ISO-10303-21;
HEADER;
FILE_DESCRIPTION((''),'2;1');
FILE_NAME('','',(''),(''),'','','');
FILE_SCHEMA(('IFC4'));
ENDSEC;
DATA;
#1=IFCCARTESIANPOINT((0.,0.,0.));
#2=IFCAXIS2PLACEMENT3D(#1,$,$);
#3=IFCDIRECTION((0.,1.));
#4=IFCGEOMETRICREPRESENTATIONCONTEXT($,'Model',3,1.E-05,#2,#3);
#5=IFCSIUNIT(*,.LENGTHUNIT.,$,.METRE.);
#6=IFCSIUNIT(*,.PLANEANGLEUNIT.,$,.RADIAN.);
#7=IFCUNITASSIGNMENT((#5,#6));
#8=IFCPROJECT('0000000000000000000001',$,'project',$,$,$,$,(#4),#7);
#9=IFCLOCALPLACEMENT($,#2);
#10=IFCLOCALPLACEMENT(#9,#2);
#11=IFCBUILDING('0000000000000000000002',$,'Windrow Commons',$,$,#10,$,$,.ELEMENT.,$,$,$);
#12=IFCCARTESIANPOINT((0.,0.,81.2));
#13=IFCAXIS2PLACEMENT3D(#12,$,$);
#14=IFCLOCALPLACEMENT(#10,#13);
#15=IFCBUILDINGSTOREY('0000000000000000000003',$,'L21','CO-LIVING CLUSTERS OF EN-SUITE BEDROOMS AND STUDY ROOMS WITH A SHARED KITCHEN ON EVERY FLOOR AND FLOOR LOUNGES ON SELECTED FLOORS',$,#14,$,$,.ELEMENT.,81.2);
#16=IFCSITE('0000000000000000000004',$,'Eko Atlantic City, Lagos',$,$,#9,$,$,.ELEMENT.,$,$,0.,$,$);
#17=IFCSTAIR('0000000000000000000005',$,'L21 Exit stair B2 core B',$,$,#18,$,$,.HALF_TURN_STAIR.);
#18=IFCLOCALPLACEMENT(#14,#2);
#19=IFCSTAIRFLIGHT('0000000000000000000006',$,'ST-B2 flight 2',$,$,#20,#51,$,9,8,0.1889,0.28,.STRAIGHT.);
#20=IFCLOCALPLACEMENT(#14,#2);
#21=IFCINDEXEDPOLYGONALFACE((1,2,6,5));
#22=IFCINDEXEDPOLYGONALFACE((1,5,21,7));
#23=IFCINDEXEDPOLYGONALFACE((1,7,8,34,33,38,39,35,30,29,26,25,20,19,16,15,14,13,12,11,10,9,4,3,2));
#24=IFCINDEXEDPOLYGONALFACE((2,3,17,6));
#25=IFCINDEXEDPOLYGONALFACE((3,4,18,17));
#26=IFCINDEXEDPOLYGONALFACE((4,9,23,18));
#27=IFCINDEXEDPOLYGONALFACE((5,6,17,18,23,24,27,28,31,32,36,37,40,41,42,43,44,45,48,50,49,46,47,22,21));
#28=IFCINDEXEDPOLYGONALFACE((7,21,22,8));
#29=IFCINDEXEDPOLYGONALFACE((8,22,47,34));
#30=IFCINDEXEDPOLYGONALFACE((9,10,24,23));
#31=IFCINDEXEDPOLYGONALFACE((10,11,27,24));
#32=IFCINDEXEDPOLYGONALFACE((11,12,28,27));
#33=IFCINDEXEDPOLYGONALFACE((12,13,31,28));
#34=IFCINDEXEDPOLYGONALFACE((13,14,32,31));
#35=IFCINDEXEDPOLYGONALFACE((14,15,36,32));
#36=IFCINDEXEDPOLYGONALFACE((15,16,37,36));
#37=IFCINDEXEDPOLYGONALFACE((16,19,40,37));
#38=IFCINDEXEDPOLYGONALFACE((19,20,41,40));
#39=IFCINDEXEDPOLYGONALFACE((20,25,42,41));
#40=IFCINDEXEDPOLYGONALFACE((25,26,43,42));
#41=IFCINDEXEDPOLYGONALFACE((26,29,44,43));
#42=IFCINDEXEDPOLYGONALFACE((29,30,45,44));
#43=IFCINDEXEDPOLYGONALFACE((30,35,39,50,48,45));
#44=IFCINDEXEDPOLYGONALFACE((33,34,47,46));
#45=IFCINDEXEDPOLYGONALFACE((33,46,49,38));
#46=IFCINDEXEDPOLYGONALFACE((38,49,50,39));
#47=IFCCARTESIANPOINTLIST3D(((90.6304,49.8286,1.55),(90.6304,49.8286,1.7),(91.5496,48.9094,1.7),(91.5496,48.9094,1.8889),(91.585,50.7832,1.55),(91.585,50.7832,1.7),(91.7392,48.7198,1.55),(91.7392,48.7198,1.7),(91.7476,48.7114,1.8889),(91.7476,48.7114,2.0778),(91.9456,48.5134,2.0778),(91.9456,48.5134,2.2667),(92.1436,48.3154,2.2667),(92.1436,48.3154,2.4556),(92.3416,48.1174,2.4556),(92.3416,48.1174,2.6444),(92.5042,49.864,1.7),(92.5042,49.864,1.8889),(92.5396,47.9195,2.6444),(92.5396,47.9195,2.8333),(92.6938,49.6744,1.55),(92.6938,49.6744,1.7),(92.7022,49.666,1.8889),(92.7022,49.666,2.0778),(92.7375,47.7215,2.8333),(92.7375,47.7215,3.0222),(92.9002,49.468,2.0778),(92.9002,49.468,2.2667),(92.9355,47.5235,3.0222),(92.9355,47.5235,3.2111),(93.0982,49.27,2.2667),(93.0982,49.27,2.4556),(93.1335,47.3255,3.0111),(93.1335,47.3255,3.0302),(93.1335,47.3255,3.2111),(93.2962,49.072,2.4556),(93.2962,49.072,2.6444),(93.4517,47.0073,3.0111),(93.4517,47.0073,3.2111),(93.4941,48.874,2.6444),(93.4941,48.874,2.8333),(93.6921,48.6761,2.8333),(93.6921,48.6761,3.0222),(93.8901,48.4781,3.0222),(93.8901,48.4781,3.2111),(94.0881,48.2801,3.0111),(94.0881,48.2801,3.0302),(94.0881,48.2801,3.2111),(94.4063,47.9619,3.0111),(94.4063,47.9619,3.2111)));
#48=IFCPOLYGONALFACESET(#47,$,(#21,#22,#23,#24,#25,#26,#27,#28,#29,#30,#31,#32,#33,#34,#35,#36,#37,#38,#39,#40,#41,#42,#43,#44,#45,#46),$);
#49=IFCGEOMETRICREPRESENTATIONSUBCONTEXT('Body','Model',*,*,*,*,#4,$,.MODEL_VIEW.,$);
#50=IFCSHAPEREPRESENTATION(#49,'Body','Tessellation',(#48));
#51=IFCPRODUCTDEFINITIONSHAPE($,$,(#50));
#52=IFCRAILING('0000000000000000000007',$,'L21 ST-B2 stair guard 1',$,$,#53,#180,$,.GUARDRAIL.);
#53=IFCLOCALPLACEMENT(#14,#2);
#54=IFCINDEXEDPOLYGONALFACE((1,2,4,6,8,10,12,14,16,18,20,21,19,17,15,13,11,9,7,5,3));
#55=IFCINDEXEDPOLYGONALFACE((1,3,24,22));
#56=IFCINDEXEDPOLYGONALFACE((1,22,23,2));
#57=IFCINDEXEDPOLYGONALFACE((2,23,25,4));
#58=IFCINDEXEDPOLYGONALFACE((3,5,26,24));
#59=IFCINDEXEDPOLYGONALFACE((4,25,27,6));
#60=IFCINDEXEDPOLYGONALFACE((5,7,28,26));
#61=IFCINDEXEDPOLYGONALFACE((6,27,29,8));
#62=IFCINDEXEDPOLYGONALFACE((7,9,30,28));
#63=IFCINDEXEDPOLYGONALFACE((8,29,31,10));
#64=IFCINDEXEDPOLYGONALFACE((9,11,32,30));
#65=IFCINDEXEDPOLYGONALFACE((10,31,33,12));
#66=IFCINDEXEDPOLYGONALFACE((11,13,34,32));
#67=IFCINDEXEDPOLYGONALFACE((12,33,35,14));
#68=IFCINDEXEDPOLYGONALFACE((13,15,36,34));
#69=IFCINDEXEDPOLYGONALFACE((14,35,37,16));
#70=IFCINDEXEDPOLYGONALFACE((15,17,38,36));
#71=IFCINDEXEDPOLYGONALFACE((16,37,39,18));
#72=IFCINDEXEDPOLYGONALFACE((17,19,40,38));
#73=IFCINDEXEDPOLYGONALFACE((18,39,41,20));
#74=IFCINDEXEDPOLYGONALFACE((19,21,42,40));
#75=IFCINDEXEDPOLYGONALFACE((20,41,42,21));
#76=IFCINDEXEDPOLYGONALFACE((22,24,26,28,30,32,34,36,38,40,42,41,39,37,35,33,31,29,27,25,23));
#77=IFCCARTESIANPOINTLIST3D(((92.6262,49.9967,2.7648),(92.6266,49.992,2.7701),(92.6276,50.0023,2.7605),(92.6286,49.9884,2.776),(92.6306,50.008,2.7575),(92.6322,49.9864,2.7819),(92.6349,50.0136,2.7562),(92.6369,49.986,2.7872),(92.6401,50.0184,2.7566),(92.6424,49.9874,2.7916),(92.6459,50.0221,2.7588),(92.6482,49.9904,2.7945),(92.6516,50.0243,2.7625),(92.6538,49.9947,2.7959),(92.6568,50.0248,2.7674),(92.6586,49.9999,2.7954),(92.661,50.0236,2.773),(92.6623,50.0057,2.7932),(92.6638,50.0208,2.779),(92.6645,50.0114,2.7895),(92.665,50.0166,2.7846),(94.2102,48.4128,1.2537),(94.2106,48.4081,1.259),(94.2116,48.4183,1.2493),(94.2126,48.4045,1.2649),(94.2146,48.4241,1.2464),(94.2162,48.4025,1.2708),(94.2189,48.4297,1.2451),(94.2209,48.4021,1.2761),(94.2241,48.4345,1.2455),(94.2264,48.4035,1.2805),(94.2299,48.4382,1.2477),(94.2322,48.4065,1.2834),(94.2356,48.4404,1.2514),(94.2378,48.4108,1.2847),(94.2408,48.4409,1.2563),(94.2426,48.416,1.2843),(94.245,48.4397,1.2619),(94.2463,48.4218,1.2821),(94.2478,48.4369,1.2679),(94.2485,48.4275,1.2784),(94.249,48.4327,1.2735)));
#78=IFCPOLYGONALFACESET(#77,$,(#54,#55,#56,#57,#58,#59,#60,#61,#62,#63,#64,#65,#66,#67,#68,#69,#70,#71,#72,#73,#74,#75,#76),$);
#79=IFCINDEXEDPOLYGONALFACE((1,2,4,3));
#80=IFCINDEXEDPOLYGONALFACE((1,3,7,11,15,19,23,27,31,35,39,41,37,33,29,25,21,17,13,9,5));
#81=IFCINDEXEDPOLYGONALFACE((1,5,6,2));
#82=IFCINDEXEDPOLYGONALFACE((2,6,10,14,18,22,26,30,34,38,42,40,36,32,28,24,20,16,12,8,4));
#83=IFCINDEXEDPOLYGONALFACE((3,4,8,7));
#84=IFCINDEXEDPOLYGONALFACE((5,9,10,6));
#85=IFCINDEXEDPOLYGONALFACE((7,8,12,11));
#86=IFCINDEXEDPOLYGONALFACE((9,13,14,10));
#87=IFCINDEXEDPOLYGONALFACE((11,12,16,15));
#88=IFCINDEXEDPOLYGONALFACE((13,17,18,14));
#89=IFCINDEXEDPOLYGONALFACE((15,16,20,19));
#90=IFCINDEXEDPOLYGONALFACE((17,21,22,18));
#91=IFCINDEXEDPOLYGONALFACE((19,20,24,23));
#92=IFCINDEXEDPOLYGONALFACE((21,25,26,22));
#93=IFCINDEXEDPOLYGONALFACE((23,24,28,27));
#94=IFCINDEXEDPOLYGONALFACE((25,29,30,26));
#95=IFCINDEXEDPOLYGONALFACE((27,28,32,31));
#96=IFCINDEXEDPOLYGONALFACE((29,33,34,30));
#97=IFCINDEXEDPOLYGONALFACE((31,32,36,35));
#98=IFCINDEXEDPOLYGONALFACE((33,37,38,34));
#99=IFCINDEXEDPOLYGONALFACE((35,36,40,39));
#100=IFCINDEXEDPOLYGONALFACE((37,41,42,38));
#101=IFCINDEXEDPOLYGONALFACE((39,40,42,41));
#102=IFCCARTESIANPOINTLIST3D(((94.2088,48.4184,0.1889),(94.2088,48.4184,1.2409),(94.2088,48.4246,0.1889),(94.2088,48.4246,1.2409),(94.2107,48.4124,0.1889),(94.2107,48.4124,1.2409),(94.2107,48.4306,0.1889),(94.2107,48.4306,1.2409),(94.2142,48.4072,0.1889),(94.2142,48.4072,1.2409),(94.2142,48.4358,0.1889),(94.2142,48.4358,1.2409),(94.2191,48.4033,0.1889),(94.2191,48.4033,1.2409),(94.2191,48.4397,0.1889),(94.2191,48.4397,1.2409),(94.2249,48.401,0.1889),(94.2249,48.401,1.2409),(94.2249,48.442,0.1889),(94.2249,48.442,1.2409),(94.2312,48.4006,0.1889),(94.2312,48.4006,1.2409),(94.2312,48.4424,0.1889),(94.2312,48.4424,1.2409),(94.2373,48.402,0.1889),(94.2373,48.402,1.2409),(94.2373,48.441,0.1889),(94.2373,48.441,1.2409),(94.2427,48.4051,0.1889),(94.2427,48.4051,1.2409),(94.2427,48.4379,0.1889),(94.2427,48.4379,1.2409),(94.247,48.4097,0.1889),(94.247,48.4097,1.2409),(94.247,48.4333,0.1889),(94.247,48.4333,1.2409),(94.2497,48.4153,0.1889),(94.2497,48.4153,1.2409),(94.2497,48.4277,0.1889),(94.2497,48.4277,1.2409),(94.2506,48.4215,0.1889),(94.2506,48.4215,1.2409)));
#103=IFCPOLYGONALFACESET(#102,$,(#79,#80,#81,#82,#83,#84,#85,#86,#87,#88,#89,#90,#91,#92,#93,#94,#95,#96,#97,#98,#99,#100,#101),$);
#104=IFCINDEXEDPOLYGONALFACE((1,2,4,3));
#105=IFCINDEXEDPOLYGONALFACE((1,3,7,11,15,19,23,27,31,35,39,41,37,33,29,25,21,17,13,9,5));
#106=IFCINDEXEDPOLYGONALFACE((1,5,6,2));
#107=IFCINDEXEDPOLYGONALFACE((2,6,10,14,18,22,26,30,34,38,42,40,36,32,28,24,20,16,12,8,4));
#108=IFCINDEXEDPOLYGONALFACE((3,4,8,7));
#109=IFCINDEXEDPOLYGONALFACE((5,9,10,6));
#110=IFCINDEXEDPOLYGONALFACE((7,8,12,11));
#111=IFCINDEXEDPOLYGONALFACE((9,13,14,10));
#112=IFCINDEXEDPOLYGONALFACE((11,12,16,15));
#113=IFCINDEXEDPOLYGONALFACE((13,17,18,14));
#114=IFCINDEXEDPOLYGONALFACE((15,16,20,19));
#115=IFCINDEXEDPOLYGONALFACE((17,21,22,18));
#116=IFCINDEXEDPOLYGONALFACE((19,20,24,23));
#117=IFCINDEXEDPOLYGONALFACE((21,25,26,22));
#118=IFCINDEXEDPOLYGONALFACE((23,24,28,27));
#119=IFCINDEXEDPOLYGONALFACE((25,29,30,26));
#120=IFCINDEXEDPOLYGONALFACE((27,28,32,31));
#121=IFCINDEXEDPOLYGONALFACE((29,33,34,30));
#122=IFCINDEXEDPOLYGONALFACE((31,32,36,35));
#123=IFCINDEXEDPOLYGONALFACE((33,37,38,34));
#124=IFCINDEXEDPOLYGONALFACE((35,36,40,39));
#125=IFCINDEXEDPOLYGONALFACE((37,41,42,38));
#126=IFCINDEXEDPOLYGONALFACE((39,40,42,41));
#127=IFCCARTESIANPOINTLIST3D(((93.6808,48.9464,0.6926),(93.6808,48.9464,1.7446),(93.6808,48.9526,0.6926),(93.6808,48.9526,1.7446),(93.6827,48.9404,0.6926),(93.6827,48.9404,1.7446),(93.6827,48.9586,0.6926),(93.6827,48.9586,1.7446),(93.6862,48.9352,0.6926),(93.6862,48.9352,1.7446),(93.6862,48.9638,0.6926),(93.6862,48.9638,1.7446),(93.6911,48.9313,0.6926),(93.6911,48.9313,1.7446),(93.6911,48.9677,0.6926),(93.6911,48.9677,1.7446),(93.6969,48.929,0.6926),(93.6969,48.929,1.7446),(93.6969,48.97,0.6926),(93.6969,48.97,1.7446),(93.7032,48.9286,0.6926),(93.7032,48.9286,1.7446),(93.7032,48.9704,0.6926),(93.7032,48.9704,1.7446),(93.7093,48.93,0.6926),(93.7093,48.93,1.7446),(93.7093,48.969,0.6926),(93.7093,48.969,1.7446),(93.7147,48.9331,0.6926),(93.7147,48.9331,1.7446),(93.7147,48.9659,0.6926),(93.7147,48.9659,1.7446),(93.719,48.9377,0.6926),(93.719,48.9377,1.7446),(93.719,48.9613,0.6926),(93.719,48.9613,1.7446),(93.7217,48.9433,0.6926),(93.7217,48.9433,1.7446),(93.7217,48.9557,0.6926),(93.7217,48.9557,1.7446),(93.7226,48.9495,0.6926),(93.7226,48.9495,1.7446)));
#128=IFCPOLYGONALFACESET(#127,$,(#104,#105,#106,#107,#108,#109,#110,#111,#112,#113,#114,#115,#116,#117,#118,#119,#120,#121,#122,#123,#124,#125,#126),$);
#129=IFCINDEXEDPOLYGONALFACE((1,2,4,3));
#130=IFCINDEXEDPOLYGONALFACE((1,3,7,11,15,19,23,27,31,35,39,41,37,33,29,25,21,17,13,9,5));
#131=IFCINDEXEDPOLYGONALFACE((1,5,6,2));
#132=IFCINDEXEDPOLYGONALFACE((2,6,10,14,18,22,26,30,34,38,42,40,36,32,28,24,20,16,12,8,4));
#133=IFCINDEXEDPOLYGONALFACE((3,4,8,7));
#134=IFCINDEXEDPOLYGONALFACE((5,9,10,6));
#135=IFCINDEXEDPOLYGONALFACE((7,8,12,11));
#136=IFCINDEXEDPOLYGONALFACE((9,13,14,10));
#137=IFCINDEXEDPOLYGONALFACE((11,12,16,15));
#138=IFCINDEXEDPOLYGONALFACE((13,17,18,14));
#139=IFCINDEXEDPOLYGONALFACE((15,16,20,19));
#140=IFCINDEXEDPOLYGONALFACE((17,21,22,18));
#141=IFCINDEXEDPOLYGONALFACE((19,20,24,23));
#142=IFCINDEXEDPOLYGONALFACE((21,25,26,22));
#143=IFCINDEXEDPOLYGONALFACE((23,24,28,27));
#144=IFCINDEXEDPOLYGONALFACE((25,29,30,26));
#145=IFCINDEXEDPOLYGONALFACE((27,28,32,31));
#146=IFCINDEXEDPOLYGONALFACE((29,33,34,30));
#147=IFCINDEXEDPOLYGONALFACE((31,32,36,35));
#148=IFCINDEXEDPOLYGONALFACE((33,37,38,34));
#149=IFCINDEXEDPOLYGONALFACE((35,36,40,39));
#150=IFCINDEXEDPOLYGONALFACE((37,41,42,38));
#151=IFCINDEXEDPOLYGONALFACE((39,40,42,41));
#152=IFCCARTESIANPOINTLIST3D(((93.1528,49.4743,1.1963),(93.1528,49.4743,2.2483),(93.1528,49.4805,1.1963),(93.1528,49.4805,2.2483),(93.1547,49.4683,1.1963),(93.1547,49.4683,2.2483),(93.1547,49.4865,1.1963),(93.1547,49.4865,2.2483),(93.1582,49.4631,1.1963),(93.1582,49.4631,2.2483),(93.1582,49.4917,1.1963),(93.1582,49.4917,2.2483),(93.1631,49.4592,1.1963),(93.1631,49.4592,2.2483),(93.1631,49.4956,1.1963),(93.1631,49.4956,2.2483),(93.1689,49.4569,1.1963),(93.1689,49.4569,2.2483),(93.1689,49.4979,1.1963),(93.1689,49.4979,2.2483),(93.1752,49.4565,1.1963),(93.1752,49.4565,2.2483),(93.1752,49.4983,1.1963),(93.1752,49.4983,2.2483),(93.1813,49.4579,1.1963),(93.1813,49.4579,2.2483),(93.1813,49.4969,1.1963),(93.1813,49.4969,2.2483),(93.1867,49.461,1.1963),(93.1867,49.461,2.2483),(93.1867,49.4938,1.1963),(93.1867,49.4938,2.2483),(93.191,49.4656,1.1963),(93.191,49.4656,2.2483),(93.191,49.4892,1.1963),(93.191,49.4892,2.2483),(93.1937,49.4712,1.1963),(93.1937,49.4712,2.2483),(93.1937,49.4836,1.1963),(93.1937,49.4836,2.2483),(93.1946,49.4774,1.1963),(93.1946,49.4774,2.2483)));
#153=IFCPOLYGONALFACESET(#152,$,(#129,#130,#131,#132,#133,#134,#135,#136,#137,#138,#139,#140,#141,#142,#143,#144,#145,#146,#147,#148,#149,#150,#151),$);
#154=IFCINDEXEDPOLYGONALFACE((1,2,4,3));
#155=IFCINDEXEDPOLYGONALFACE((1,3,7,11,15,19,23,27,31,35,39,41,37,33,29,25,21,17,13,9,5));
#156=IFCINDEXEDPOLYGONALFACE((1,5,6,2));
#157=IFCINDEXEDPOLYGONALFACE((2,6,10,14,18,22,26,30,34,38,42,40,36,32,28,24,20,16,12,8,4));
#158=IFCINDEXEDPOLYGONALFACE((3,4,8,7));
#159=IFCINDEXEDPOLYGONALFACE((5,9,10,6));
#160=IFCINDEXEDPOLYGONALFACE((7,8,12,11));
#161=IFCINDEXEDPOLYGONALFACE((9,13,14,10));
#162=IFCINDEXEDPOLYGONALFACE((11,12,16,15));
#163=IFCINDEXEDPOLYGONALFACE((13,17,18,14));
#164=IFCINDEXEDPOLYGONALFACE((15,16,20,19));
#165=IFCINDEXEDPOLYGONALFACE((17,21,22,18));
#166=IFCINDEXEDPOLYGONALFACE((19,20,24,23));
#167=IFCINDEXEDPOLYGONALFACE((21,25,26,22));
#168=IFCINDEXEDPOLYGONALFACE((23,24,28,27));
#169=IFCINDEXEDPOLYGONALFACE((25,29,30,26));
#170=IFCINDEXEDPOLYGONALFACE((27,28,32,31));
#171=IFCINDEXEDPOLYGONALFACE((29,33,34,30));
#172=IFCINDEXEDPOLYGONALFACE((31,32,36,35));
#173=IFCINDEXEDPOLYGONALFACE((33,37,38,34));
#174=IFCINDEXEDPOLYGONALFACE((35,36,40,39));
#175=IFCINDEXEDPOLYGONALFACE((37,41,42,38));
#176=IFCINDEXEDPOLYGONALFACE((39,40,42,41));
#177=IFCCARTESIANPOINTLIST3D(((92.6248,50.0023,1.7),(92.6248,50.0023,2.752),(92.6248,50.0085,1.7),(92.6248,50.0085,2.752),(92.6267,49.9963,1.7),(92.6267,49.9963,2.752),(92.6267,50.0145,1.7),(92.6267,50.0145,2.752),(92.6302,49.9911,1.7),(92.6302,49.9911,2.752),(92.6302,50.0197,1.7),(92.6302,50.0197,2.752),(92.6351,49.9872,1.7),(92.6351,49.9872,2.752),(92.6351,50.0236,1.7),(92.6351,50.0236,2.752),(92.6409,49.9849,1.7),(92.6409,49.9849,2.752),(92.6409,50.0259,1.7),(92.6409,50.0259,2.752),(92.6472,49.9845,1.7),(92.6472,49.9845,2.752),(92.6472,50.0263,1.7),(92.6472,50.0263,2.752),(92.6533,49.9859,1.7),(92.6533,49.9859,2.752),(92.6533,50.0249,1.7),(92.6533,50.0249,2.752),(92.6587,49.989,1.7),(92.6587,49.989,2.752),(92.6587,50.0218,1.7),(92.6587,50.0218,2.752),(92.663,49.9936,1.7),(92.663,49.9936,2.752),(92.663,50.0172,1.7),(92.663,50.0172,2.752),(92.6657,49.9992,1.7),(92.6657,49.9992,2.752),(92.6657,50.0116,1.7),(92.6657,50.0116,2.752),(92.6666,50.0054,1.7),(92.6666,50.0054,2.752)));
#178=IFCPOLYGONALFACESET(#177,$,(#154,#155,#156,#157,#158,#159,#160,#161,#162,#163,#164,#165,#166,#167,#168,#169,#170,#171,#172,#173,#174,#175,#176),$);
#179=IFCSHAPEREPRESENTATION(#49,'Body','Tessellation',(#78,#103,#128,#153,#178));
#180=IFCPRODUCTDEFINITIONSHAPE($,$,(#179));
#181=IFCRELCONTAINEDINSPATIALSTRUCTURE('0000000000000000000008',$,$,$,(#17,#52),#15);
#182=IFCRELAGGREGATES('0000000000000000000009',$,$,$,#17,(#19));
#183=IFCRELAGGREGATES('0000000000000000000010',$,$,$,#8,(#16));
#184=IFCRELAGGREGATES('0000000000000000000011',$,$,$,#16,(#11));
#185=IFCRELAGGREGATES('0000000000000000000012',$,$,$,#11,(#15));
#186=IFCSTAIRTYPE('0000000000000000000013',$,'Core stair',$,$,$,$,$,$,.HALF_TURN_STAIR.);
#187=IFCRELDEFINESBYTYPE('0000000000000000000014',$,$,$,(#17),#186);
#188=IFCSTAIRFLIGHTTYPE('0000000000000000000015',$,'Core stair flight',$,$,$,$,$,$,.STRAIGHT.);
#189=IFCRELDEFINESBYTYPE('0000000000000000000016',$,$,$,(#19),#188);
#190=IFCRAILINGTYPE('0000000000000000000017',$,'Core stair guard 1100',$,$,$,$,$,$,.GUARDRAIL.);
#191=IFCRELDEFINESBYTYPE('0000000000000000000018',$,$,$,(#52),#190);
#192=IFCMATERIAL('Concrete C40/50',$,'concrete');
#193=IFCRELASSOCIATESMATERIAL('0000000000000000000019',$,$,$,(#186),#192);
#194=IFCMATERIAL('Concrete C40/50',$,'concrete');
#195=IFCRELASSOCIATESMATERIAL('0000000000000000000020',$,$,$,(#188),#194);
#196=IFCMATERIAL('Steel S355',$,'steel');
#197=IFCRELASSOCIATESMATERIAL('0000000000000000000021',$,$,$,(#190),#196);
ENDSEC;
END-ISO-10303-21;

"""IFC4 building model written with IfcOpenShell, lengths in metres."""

from ifc_helpers import new_model, si_unit, direction, frame, origin, origin_2d, place, context, subcontext, project, spatial, polyline, circle, outline, extrude, material, type_object, element, aggregate, save


model = new_model("IFC4")

# Units and contexts
model_context = context("Model", 3, precision=1e-05, world=origin(), true_north=direction((0.0, 1.0)))
body_context = subcontext(model_context, "Body", "Model", "MODEL_VIEW")
ifc_project = project(units=[si_unit("LENGTHUNIT", "METRE"), si_unit("PLANEANGLEUNIT", "RADIAN")], contexts=[model_context])

# Site, building, storey
site_placement = place(None, origin())
site = spatial("IfcSite", under=ifc_project, at=site_placement, Name="Eko Atlantic City, Lagos", CompositionType="ELEMENT", RefElevation=0.0)
building_placement = place(site_placement, origin())
building = spatial("IfcBuilding", under=site, at=building_placement, Name="Windrow Commons", CompositionType="ELEMENT")
storey_placement = place(building_placement, frame((0.0, 0.0, 81.2)))
storey = spatial("IfcBuildingStorey", under=building, at=storey_placement, Name="L21", Description="CO-LIVING CLUSTERS OF EN-SUITE BEDROOMS AND STUDY ROOMS WITH A SHARED KITCHEN ON EVERY FLOOR AND FLOOR LOUNGES ON SELECTED FLOORS", CompositionType="ELEMENT", Elevation=81.2)

# Stair, stair flight
ifc_material_1 = material(Name="Concrete C40/50", Category="concrete")
stair_type = type_object("IfcStairType", Name="Core stair", PredefinedType="HALF_TURN_STAIR", material=ifc_material_1)
stair_placement = place(storey_placement, origin())
stair = element("IfcStair", 1, at=stair_placement, inside=storey, type_object=stair_type, Name="L21 Exit stair B2 core B", PredefinedType="HALF_TURN_STAIR")
ifc_material_2 = material(Name="Concrete C40/50", Category="concrete")
stair_flight_type = type_object("IfcStairFlightType", Name="Core stair flight", PredefinedType="STRAIGHT", material=ifc_material_2)
stair_flight_1_placement = place(storey_placement, frame((92.0269, 49.3867, 1.7), z_axis=(0.0, 0.0, 1.0), x_axis=(0.707107, -0.707107, 0.0)))
stair_flight_1 = element("IfcStairFlight", 2, at=stair_flight_1_placement, type_object=stair_flight_type, Name="ST-B2 flight 2", NumberOfRisers=9, NumberOfTreads=8, PredefinedType="STRAIGHT", RiserHeight=0.1889, TreadLength=0.28, context=body_context, shape_type="SweptSolid", body=[
    extrude(outline(polyline([(-1.3, -0.15), (-1.3, 0.0), (0.0, 0.0), (0.0, 0.1889), (0.28, 0.1889), (0.28, 0.3778), (0.56, 0.3778), (0.56, 0.5667), (0.84, 0.5667), (0.84, 0.7556), (1.12, 0.7556), (1.12, 0.9444), (1.4, 0.9444), (1.4, 1.1333), (1.68, 1.1333), (1.68, 1.3222), (1.96, 1.3222), (1.96, 1.5111), (2.24, 1.5111), (2.69, 1.5111), (2.69, 1.3111), (2.24, 1.3111), (2.24, 1.3302), (0.2682, 0.0), (0.2682, -0.15), (-1.3, -0.15)])), frame((0.0, 0.675, 0.0), z_axis=(0.0, -1.0, 0.0), x_axis=(1.0, 0.0, 0.0)), (0.0, 0.0, 1.0), 1.35),
])
aggregate(stair, [stair_flight_1])

# Railing
ifc_material_3 = material(Name="Steel S355", Category="steel")
railing_type_1 = type_object("IfcRailingType", Name="Core stair guard 1100", PredefinedType="GUARDRAIL", material=ifc_material_3)
railing_1_placement = place(storey_placement, frame((94.2296, 48.4215, 0.1889)))
element("IfcRailing", 3, at=railing_1_placement, inside=storey, type_object=railing_type_1, Name="L21 ST-B2 stair guard 1", PredefinedType="GUARDRAIL", context=body_context, shape_type="SweptSolid", body=[
    extrude(circle(Radius=0.024, at=origin_2d()), frame((0.0, 0.0, 1.076), z_axis=(-0.586216, 0.586179, 0.559237), x_axis=(-0.707084, -0.707129, 0.0)), (0.0, 0.0, 1.0), 2.7021),
    extrude(circle(Radius=0.021, at=origin_2d()), origin(), (0.0, 0.0, 1.0), 1.052),
    extrude(circle(Radius=0.021, at=origin_2d()), frame((-0.528, 0.528, 0.5037)), (0.0, 0.0, 1.0), 1.052),
    extrude(circle(Radius=0.021, at=origin_2d()), frame((-1.056, 1.0559, 1.0074)), (0.0, 0.0, 1.0), 1.052),
    extrude(circle(Radius=0.021, at=origin_2d()), frame((-1.584, 1.5839, 1.5111)), (0.0, 0.0, 1.0), 1.052),
])

save(model, "model.ifc")
